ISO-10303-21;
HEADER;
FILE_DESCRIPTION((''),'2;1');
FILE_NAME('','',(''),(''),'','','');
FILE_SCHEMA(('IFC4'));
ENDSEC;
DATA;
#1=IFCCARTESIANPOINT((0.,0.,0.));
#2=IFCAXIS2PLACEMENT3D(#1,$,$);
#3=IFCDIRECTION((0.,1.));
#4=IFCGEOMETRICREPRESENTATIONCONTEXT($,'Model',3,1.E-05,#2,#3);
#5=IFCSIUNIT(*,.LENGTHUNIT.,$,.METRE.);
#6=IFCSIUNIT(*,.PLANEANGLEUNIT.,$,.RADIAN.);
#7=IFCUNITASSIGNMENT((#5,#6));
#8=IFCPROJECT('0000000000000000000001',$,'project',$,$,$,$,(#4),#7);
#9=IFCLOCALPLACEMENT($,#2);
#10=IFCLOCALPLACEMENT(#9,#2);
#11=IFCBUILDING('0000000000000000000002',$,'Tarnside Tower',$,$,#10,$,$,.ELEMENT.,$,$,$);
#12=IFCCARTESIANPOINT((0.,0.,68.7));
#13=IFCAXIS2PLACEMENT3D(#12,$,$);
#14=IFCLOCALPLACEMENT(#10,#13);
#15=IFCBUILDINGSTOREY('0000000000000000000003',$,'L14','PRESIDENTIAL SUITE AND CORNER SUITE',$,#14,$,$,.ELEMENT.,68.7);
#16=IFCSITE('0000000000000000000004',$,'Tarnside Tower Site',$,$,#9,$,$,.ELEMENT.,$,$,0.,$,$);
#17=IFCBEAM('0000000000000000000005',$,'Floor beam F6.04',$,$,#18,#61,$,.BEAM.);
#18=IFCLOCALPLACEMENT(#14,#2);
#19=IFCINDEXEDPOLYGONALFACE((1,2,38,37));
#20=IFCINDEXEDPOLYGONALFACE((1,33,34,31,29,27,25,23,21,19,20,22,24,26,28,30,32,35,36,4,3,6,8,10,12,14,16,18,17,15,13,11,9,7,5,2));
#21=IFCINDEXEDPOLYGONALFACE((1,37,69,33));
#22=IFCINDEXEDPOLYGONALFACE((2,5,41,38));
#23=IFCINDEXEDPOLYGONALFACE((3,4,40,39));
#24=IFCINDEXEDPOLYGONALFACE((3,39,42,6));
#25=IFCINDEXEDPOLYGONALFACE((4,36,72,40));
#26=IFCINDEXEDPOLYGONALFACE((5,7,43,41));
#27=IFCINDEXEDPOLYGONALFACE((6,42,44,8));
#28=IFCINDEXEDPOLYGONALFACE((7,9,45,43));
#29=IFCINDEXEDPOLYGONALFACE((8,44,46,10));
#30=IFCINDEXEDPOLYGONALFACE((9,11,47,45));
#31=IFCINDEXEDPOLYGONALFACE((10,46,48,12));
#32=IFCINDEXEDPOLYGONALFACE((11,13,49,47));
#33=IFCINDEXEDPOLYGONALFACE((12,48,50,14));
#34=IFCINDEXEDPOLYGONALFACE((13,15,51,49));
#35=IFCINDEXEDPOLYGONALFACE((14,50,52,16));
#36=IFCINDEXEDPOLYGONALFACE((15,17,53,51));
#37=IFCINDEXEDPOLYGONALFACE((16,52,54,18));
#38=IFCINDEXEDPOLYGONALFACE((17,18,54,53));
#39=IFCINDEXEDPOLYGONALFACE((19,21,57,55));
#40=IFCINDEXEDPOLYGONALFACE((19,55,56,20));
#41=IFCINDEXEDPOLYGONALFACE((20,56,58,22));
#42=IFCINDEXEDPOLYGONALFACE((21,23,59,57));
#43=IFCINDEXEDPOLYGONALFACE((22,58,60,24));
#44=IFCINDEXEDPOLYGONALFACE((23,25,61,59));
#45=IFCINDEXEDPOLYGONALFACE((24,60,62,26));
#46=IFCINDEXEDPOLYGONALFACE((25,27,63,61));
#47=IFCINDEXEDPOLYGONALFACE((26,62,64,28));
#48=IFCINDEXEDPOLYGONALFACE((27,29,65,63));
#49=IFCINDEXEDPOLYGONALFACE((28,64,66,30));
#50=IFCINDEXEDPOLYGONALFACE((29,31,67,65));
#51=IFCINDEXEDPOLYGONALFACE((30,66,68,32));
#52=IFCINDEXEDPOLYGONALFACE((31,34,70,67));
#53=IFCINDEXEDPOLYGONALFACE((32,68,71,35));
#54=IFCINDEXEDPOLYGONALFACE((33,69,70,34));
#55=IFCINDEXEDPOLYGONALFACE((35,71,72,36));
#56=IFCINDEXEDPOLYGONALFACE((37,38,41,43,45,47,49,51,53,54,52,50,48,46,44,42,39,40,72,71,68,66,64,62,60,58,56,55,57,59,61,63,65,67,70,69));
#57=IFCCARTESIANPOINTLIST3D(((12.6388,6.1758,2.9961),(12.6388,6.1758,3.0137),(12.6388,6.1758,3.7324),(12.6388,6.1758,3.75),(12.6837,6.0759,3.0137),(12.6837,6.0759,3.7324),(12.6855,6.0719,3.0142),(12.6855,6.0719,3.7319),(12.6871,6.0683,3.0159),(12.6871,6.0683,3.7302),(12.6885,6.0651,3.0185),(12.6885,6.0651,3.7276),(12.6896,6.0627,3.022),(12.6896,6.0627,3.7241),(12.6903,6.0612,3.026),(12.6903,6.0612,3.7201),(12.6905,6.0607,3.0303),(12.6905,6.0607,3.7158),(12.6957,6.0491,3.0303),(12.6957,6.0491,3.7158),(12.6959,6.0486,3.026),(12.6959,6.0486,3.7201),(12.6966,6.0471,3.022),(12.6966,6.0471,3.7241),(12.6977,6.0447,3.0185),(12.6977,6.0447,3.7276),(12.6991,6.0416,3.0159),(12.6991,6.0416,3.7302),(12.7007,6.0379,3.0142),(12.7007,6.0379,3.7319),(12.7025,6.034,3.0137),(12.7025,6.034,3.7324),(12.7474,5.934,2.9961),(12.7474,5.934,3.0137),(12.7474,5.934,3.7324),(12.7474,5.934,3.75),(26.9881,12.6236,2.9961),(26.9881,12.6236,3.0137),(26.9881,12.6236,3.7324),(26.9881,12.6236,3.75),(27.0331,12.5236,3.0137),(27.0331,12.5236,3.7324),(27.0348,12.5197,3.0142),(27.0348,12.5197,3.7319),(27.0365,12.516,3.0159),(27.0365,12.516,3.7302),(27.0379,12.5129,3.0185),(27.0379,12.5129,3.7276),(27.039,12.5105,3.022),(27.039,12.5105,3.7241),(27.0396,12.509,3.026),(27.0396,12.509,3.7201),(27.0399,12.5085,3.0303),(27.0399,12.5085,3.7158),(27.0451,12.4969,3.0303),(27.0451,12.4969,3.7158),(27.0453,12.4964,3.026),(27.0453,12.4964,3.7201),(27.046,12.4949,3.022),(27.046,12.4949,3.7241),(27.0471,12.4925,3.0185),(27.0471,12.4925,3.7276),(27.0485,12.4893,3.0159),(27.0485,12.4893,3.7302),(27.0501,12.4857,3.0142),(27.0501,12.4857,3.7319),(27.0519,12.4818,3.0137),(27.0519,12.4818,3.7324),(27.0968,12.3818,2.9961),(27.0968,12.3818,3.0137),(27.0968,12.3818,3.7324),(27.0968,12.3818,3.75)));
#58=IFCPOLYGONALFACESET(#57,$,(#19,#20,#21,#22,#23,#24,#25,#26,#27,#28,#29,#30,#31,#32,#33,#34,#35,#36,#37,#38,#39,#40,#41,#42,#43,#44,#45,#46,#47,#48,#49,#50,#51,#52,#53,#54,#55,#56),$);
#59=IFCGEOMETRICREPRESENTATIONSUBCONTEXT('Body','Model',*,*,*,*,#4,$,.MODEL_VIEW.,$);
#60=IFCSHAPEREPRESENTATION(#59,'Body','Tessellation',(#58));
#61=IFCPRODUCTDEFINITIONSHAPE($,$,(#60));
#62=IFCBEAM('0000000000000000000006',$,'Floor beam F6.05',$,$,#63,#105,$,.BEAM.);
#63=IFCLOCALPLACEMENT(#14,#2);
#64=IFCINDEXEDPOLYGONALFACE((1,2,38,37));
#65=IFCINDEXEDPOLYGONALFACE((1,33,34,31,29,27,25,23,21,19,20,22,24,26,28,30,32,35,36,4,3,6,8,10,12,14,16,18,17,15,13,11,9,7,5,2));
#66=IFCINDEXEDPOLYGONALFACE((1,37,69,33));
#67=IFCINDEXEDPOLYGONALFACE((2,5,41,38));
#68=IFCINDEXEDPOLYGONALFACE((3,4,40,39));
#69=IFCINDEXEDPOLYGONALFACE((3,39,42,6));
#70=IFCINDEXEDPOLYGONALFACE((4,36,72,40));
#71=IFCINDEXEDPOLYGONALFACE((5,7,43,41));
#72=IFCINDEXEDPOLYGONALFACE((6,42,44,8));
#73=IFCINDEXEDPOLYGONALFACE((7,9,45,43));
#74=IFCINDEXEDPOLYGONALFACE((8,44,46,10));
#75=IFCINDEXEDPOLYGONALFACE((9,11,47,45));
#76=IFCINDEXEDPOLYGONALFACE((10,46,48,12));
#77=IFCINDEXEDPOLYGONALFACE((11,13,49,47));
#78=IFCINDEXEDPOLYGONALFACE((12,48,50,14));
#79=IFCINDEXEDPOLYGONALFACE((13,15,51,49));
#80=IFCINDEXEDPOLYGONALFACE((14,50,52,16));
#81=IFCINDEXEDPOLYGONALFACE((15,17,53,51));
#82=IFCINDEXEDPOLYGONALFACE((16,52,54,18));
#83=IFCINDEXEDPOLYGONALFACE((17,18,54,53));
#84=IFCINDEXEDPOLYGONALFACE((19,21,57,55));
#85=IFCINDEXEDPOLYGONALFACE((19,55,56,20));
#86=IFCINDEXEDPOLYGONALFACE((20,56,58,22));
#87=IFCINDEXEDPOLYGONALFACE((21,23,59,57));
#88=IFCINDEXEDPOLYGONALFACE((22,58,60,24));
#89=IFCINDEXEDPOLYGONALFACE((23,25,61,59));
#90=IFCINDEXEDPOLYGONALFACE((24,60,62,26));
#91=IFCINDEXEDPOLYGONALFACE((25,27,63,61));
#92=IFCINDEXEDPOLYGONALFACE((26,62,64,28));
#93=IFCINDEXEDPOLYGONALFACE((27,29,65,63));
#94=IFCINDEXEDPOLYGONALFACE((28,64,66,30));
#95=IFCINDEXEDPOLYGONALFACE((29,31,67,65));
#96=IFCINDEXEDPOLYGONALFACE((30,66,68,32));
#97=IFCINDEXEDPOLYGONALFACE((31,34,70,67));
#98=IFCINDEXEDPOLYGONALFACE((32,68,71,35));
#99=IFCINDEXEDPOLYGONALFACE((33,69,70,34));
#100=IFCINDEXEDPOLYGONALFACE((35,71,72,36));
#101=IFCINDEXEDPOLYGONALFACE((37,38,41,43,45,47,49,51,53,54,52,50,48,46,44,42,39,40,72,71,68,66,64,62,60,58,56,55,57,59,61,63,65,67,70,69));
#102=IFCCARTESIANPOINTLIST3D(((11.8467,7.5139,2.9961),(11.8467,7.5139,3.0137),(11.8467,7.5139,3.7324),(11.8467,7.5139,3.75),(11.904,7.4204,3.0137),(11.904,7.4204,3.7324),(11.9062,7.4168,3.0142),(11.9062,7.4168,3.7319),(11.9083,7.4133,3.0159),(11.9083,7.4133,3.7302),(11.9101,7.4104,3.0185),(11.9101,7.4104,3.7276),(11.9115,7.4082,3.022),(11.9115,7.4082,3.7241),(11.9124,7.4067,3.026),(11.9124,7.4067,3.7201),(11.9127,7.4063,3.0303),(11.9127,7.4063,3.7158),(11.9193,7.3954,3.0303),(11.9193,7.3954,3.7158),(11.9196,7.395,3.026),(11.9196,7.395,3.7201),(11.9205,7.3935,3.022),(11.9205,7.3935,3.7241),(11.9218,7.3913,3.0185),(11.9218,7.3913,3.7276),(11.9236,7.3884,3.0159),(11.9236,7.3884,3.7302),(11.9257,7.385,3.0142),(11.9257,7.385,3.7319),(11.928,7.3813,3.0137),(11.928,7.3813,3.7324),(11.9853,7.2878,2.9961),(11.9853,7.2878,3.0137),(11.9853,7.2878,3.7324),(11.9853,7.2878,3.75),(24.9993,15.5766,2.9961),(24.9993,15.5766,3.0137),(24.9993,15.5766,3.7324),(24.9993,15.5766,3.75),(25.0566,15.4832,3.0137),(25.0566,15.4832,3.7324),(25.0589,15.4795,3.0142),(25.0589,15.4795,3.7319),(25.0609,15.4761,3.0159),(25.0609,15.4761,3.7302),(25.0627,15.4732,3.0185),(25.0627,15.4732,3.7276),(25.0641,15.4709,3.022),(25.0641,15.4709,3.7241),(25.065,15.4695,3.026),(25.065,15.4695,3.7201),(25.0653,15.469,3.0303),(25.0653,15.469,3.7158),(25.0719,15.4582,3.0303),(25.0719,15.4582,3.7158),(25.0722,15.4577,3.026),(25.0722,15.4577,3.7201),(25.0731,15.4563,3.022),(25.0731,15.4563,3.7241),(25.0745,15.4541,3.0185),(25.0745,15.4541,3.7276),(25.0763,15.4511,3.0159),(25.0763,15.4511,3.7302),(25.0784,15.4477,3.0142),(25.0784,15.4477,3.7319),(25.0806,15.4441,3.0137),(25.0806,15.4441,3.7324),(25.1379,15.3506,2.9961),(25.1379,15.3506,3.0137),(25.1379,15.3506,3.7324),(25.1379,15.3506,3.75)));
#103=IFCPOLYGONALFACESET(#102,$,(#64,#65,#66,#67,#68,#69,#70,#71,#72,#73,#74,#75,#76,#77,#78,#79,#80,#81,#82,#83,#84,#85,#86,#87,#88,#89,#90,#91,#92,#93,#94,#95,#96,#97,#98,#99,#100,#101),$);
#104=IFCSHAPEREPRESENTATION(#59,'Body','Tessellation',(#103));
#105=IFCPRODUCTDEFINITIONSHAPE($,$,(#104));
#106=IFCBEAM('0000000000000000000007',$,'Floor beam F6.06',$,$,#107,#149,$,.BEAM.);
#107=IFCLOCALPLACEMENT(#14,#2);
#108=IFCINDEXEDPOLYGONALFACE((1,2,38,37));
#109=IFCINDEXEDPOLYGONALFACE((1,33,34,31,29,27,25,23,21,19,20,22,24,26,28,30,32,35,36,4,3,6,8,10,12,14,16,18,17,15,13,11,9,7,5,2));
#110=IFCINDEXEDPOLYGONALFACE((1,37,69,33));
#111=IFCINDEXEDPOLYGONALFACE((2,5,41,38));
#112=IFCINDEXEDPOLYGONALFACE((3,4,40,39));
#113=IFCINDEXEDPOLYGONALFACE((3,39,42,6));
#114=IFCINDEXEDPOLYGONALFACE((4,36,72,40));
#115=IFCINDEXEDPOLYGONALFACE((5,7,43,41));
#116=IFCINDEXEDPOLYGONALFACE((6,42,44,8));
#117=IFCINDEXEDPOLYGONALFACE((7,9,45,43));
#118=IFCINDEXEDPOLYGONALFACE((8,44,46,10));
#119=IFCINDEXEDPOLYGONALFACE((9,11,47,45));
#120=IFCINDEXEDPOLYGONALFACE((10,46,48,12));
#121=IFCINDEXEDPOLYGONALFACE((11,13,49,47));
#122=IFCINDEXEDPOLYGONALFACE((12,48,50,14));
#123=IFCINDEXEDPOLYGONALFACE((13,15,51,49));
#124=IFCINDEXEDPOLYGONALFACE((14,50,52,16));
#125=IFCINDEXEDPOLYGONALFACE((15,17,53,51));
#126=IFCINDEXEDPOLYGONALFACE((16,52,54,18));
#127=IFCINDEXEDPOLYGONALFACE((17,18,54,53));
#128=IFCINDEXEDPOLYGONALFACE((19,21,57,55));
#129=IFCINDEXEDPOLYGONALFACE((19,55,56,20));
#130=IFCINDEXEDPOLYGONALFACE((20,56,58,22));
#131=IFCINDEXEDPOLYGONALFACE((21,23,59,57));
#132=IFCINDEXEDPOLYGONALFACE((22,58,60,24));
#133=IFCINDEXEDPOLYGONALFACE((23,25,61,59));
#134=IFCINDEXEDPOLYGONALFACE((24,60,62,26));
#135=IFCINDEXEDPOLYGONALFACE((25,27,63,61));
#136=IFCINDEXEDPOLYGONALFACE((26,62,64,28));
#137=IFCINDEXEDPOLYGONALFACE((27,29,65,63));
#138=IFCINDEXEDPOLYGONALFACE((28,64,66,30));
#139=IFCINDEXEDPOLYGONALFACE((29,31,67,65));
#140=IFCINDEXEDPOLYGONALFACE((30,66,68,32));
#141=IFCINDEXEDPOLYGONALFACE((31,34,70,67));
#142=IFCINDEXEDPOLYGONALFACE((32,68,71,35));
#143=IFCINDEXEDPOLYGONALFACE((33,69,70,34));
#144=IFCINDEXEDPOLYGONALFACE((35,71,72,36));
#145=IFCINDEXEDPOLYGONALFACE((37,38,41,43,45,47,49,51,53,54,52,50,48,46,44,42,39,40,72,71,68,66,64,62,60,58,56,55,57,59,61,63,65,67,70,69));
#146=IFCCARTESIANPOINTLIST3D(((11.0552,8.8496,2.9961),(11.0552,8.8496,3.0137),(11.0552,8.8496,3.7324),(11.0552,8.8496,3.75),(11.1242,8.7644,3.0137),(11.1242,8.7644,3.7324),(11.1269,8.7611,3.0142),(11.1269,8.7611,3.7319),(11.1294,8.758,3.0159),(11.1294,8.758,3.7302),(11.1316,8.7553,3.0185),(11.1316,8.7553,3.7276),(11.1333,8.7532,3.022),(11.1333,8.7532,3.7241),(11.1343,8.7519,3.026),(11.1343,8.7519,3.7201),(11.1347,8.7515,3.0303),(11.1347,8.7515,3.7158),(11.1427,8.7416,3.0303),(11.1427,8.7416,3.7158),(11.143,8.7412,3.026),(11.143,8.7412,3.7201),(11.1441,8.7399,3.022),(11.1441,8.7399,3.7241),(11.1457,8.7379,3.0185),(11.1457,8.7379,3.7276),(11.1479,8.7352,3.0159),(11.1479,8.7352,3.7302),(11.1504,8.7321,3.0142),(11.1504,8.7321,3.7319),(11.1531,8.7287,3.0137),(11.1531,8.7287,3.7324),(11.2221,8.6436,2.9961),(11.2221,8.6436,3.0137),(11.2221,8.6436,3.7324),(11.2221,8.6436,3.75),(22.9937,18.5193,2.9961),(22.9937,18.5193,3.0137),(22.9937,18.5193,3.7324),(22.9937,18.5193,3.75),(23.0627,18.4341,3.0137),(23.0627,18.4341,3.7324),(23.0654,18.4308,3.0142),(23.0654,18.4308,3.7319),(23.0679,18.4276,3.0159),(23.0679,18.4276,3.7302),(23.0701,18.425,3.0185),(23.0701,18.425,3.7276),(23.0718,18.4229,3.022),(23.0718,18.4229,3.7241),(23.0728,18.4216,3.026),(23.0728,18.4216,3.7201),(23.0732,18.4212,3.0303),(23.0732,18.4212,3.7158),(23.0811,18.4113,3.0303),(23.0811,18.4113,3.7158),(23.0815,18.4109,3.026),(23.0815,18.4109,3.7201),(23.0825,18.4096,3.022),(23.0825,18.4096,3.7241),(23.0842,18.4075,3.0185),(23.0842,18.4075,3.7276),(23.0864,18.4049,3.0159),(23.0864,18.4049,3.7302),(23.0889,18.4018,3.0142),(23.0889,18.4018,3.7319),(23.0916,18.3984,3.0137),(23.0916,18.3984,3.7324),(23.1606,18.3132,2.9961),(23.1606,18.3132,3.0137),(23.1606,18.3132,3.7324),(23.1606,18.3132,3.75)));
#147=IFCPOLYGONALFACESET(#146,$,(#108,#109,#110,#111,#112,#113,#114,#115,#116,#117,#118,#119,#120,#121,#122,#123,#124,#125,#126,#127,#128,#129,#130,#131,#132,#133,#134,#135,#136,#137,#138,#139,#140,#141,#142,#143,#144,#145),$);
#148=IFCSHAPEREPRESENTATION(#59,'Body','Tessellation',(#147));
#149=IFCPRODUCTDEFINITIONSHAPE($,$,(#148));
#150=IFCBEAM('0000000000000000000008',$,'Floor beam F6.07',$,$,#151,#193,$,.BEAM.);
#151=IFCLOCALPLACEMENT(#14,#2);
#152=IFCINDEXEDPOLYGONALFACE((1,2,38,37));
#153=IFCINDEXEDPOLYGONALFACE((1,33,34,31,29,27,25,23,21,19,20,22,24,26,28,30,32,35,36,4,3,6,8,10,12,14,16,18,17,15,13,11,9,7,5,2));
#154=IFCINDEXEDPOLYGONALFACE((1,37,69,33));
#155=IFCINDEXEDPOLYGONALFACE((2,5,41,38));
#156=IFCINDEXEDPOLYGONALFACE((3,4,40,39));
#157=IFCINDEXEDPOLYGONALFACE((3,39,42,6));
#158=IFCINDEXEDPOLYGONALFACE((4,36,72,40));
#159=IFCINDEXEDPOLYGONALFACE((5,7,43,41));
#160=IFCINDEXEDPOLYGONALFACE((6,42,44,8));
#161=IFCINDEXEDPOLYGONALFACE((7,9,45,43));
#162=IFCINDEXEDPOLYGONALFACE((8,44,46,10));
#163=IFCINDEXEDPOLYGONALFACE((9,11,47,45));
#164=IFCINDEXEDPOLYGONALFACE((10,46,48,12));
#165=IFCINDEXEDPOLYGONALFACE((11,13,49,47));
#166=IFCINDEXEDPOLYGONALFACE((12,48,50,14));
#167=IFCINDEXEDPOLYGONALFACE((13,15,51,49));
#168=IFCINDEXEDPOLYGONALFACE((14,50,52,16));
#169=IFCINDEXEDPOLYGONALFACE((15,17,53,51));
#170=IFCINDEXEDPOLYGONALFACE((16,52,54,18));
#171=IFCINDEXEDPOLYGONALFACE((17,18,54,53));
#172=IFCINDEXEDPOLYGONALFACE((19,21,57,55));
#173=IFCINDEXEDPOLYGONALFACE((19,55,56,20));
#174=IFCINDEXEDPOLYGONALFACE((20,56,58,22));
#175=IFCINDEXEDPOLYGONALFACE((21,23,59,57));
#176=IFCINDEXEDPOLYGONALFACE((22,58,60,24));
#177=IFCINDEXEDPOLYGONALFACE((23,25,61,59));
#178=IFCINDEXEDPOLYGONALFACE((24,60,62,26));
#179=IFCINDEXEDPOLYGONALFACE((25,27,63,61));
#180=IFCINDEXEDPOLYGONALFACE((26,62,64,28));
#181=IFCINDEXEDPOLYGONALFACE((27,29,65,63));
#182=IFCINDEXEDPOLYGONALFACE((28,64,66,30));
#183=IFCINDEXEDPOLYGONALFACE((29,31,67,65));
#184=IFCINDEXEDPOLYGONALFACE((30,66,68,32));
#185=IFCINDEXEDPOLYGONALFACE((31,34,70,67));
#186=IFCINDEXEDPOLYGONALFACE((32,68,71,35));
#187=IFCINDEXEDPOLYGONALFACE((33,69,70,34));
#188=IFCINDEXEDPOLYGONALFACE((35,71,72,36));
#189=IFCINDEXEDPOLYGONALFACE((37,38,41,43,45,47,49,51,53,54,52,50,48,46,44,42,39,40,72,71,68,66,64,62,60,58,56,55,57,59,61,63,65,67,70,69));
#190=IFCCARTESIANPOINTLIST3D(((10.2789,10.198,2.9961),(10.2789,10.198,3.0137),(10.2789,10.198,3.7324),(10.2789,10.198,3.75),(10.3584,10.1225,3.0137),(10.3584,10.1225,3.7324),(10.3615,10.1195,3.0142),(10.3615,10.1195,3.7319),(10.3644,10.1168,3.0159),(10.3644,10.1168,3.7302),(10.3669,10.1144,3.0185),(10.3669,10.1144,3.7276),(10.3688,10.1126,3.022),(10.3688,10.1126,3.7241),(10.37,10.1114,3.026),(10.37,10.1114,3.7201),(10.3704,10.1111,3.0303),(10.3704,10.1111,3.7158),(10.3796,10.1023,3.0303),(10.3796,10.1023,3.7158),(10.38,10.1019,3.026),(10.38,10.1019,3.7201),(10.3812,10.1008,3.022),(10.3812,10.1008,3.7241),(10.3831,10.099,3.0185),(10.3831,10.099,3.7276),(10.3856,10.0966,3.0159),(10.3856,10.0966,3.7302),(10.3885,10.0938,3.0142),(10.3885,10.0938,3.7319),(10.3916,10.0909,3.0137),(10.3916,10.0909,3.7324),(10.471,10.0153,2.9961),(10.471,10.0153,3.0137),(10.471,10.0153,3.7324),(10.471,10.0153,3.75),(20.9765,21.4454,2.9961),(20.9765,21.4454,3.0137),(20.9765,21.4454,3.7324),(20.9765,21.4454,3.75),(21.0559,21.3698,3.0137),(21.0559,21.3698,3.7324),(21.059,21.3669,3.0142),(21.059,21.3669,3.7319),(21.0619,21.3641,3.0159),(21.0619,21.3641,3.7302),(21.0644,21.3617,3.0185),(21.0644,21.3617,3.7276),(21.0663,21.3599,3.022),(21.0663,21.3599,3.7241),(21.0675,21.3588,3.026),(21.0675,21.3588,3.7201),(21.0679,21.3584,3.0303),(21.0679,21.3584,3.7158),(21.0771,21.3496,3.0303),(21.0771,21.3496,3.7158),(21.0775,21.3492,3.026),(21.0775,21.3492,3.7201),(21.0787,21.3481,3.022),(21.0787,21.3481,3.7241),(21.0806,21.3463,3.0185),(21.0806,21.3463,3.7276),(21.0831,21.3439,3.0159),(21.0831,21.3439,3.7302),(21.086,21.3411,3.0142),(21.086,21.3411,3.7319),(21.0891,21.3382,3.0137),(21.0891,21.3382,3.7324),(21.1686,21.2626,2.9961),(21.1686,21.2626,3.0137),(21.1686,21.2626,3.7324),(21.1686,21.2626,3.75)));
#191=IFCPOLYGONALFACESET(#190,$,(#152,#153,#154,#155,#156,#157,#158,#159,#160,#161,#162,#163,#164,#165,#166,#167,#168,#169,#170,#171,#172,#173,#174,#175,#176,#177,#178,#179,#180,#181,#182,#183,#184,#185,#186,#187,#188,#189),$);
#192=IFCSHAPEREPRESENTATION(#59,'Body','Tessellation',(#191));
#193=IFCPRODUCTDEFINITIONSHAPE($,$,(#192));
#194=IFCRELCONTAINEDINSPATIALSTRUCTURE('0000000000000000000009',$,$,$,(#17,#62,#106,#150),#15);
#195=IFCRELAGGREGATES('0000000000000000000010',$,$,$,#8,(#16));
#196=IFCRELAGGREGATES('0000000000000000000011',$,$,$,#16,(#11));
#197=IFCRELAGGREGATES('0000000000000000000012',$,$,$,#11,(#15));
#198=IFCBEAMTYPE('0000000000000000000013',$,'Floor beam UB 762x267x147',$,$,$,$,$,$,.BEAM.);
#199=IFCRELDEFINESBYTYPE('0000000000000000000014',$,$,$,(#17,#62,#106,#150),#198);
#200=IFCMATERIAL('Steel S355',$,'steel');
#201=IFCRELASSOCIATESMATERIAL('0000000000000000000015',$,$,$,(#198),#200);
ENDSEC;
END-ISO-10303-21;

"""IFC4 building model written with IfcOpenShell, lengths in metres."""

from ifc_helpers import new_model, si_unit, direction, frame, origin, origin_2d, place, context, subcontext, project, spatial, i_section, extrude, material, material_profile, profile_set, type_object, element, save


model = new_model("IFC4")

# Units and contexts
model_context = context("Model", 3, precision=1e-05, world=origin(), true_north=direction((0.0, 1.0)))
body_context = subcontext(model_context, "Body", "Model", "MODEL_VIEW")
ifc_project = project(units=[si_unit("LENGTHUNIT", "METRE"), si_unit("PLANEANGLEUNIT", "RADIAN")], contexts=[model_context])

# Site, building, storey
site_placement = place(None, origin())
site = spatial("IfcSite", under=ifc_project, at=site_placement, Name="Tarnside Tower Site", CompositionType="ELEMENT", RefElevation=0.0)
building_placement = place(site_placement, origin())
building = spatial("IfcBuilding", under=site, at=building_placement, Name="Tarnside Tower", CompositionType="ELEMENT")
storey_placement = place(building_placement, frame((0.0, 0.0, 68.7)))
storey = spatial("IfcBuildingStorey", under=building, at=storey_placement, Name="L14", Description="PRESIDENTIAL SUITE AND CORNER SUITE", CompositionType="ELEMENT", Elevation=68.7)

# Beams
ifc_material_1 = material(Name="Steel S355", Category="steel")
ifc_material_profile_1 = material_profile(ifc_material_1, i_section(OverallWidth=0.2651, OverallDepth=0.7539, WebThickness=0.0127, FlangeThickness=0.0176, FilletRadius=0.0166, at=origin_2d()), Name="UB 762x267x147")
ifc_profile_set_1 = profile_set([ifc_material_profile_1], Name="Steel S355")
beam_type_1 = type_object("IfcBeamType", Name="Floor beam UB 762x267x147", PredefinedType="BEAM", material=ifc_profile_set_1)
beam_1_placement = place(storey_placement, frame((27.0425, 12.5027, 3.373), z_axis=(-0.912146, -0.409865, 0.0), x_axis=(0.409865, -0.912146, 0.0)))
element("IfcBeam", 1, at=beam_1_placement, inside=storey, type_object=beam_type_1, Name="Floor beam F6.04", PredefinedType="BEAM", context=body_context, shape_type="SweptSolid", body=[
    extrude(i_section(OverallWidth=0.2651, OverallDepth=0.7539, WebThickness=0.0127, FlangeThickness=0.0176, FilletRadius=0.0166, at=origin_2d()), origin(), (0.0, 0.0, 1.0), 15.7314),
])
beam_2_placement = place(storey_placement, frame((25.0686, 15.4636, 3.373), z_axis=(-0.852558, -0.522632, 0.0), x_axis=(0.522632, -0.852558, 0.0)))
element("IfcBeam", 2, at=beam_2_placement, inside=storey, type_object=beam_type_1, Name="Floor beam F6.05", PredefinedType="BEAM", context=body_context, shape_type="SweptSolid", body=[
    extrude(i_section(OverallWidth=0.2651, OverallDepth=0.7539, WebThickness=0.0127, FlangeThickness=0.0176, FilletRadius=0.0166, at=origin_2d()), origin(), (0.0, 0.0, 1.0), 15.4272),
])
beam_3_placement = place(storey_placement, frame((23.0771, 18.4163, 3.373), z_axis=(-0.777079, -0.629403, 0.0), x_axis=(0.629403, -0.777079, 0.0)))
element("IfcBeam", 3, at=beam_3_placement, inside=storey, type_object=beam_type_1, Name="Floor beam F6.06", PredefinedType="BEAM", context=body_context, shape_type="SweptSolid", body=[
    extrude(i_section(OverallWidth=0.2651, OverallDepth=0.7539, WebThickness=0.0127, FlangeThickness=0.0176, FilletRadius=0.0166, at=origin_2d()), origin(), (0.0, 0.0, 1.0), 15.3633),
])
beam_4_placement = place(storey_placement, frame((21.0725, 21.354, 3.373), z_axis=(-0.689175, -0.724595, 0.0), x_axis=(0.724595, -0.689175, 0.0)))
element("IfcBeam", 4, at=beam_4_placement, inside=storey, type_object=beam_type_1, Name="Floor beam F6.07", PredefinedType="BEAM", context=body_context, shape_type="SweptSolid", body=[
    extrude(i_section(OverallWidth=0.2651, OverallDepth=0.7539, WebThickness=0.0127, FlangeThickness=0.0176, FilletRadius=0.0166, at=origin_2d()), origin(), (0.0, 0.0, 1.0), 15.5222),
])

save(model, "model.ifc")
